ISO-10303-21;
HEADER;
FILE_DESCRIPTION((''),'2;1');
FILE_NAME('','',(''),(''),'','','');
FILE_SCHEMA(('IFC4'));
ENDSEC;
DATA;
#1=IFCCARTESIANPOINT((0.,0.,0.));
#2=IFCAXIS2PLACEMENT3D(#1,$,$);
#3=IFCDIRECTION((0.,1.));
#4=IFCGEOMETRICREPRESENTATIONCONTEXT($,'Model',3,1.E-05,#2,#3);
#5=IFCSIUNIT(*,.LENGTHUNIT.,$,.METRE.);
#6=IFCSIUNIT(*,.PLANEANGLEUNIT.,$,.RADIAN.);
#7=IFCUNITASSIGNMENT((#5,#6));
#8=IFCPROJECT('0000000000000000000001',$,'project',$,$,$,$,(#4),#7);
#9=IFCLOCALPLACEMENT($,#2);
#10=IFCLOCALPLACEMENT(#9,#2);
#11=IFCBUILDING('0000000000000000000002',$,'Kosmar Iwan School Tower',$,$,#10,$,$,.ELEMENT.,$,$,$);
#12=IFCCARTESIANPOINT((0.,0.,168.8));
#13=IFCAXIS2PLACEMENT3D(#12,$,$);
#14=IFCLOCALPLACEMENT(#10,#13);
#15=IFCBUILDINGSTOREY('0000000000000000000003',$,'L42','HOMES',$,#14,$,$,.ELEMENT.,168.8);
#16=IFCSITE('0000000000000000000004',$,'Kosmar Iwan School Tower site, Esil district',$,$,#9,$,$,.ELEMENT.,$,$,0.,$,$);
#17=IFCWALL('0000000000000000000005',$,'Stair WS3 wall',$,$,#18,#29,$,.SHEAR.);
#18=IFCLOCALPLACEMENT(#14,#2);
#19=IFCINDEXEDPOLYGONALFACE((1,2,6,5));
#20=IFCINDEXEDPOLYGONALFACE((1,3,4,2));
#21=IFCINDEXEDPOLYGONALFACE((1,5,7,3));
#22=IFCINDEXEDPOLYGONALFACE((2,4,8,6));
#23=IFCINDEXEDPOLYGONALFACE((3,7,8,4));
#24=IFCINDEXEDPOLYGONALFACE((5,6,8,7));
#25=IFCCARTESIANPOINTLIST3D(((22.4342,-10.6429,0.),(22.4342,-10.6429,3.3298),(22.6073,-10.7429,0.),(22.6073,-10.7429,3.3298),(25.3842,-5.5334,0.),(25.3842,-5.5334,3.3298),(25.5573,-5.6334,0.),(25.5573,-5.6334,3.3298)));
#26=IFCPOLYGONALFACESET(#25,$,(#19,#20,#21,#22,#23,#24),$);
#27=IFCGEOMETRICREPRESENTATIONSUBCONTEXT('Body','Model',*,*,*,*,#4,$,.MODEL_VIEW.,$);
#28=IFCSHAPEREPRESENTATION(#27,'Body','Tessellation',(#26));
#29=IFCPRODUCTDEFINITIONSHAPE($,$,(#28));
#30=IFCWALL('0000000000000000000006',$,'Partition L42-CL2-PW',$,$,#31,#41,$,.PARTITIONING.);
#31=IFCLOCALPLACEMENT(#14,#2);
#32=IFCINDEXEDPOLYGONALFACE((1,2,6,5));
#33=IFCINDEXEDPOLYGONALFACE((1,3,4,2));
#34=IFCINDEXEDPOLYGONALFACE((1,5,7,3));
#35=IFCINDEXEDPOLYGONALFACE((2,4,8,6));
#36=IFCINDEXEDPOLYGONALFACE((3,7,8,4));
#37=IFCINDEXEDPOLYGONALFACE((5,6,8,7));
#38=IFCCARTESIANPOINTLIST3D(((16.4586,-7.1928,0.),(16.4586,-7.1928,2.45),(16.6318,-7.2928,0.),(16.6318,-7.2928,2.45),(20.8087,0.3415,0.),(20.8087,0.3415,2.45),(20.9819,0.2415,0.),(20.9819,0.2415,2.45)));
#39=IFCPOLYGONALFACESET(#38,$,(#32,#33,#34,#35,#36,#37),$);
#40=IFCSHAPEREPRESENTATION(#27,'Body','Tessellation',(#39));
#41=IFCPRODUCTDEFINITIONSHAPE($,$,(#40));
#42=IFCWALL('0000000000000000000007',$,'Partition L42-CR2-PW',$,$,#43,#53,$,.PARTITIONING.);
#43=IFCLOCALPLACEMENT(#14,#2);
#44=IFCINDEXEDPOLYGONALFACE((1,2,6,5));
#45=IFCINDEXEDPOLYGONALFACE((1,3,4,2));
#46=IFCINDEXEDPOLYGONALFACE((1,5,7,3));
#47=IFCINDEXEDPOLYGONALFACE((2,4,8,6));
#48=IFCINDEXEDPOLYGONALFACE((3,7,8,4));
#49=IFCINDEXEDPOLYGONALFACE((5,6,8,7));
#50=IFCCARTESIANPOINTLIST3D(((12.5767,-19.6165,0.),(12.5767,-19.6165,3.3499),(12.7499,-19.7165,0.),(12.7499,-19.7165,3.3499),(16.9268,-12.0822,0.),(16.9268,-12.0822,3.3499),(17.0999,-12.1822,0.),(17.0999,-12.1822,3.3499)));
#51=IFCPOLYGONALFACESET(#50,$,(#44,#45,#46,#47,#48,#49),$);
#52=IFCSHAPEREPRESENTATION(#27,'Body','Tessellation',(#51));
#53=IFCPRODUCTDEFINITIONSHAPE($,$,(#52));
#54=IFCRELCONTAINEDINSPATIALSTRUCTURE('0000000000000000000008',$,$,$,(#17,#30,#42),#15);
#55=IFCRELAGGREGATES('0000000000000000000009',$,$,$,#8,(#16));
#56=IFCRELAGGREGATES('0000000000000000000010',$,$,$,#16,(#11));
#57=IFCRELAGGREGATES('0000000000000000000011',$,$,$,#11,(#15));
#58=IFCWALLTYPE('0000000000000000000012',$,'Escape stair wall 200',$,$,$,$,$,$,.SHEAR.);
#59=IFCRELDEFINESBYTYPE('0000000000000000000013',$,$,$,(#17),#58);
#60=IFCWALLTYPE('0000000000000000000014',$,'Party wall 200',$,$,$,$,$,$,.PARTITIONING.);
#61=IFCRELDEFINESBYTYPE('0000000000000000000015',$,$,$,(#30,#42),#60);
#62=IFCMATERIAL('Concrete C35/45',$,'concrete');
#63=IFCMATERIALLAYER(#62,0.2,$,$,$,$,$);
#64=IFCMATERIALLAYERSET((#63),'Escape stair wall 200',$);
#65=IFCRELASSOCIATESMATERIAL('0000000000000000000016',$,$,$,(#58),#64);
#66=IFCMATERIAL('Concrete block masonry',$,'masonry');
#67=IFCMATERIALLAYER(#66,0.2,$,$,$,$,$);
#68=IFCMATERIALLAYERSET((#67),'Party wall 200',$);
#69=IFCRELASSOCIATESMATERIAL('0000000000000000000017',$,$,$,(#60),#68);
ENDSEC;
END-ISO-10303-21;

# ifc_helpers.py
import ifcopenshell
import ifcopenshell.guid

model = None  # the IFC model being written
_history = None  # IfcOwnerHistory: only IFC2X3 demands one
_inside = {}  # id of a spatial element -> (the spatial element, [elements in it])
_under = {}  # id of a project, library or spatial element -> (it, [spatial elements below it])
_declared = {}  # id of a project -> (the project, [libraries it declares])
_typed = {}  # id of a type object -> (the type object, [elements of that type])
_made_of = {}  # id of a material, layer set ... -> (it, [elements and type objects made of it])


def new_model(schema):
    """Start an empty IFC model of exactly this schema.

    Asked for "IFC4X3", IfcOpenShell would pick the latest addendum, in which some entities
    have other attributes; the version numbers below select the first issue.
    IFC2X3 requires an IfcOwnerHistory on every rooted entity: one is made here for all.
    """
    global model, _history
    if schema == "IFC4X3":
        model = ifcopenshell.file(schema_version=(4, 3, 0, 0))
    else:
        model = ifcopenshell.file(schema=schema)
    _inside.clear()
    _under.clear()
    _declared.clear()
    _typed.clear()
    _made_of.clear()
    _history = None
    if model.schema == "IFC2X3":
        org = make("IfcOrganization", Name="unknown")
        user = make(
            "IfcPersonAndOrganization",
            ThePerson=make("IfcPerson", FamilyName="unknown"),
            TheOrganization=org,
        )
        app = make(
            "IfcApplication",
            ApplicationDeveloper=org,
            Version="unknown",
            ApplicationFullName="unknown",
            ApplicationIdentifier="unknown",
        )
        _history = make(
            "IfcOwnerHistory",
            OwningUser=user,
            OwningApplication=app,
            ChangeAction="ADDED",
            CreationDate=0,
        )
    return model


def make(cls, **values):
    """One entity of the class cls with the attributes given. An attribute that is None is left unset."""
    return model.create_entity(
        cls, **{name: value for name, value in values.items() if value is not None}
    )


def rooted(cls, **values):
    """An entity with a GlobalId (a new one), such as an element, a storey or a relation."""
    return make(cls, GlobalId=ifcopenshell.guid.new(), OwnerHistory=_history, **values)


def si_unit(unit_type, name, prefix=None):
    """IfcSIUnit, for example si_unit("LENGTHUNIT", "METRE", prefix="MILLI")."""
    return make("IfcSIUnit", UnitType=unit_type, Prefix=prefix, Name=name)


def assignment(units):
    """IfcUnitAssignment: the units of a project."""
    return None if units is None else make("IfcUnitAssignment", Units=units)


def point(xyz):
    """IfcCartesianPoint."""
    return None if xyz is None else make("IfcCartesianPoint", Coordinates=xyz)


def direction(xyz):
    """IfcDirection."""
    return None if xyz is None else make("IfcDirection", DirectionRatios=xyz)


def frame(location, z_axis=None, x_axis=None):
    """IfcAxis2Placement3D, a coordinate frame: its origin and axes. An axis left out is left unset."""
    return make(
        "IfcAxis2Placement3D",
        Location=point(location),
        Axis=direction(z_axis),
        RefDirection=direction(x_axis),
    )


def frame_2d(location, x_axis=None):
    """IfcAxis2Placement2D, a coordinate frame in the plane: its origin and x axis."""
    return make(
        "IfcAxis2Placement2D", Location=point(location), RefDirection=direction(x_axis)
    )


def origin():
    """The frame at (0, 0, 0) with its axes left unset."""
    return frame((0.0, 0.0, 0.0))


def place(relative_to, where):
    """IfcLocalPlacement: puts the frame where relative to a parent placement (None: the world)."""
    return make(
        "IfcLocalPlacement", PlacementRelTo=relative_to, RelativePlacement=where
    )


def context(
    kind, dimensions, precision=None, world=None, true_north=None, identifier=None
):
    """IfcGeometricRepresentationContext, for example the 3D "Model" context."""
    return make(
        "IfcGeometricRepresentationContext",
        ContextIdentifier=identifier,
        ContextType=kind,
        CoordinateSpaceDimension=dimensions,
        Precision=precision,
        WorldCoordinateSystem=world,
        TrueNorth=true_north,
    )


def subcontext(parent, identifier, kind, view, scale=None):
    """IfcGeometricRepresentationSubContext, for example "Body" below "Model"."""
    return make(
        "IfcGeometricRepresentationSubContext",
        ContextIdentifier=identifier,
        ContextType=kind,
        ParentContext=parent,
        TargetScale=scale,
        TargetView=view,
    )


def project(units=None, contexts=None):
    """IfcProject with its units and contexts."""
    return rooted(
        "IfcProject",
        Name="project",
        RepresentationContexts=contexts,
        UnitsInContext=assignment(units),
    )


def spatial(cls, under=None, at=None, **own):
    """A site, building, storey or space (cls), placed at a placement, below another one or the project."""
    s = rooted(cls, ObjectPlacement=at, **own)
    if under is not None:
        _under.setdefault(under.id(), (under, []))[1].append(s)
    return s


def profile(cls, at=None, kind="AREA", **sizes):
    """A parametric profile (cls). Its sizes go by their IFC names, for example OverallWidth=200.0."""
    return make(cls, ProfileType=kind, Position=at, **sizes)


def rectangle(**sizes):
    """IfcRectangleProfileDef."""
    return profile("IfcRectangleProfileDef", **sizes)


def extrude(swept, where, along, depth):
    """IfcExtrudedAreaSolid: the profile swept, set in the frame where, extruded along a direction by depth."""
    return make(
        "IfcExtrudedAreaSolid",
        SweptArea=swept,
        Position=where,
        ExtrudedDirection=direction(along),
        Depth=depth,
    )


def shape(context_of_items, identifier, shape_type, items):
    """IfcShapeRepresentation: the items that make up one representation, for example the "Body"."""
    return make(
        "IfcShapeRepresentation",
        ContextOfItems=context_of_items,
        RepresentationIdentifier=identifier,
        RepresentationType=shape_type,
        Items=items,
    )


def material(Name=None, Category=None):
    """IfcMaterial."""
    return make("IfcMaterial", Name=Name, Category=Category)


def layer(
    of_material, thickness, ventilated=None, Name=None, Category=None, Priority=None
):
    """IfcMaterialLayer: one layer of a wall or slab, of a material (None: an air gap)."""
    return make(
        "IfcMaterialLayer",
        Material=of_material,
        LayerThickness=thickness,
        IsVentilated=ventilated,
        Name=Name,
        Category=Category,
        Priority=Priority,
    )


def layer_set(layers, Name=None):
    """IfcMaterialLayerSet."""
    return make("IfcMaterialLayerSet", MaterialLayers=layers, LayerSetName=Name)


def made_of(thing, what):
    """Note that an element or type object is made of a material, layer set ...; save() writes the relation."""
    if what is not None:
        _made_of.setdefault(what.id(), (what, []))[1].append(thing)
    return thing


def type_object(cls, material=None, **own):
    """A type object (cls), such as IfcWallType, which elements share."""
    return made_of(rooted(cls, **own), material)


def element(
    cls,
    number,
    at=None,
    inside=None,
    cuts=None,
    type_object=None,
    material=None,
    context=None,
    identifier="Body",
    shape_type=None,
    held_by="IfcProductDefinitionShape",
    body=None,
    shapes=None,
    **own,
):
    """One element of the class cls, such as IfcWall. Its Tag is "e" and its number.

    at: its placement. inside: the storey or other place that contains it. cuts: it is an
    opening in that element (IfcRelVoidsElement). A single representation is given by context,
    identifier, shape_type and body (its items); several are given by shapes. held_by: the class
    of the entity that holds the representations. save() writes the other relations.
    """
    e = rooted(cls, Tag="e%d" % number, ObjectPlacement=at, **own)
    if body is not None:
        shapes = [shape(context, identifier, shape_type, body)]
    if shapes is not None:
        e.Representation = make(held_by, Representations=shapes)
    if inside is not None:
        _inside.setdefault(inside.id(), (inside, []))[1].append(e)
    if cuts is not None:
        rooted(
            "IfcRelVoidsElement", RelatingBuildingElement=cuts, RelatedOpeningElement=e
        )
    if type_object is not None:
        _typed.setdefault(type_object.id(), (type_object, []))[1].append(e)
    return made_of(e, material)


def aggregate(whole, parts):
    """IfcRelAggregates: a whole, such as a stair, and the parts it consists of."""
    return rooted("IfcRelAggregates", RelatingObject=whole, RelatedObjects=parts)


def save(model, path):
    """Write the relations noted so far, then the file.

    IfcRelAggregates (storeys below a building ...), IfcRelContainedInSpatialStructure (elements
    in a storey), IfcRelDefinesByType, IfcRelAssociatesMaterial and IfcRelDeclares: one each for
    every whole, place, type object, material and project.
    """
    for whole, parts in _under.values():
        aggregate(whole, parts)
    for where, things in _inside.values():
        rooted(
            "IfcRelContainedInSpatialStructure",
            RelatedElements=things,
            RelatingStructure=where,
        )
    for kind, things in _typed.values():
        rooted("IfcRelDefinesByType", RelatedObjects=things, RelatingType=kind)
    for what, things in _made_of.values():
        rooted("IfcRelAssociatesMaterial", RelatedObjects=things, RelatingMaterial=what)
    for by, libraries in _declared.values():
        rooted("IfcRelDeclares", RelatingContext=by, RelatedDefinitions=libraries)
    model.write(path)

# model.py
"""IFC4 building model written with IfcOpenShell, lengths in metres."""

from ifc_helpers import new_model, si_unit, direction, frame, frame_2d, origin, place, context, subcontext, project, spatial, rectangle, extrude, material, layer, layer_set, type_object, element, save


model = new_model("IFC4")

# Units and contexts
model_context = context("Model", 3, precision=1e-05, world=origin(), true_north=direction((0.0, 1.0)))
body_context = subcontext(model_context, "Body", "Model", "MODEL_VIEW")
ifc_project = project(units=[si_unit("LENGTHUNIT", "METRE"), si_unit("PLANEANGLEUNIT", "RADIAN")], contexts=[model_context])

# Site, building, storey
site_placement = place(None, origin())
site = spatial("IfcSite", under=ifc_project, at=site_placement, Name="Kosmar Iwan School Tower site, Esil district", CompositionType="ELEMENT", RefElevation=0.0)
building_placement = place(site_placement, origin())
building = spatial("IfcBuilding", under=site, at=building_placement, Name="Kosmar Iwan School Tower", CompositionType="ELEMENT")
storey_placement = place(building_placement, frame((0.0, 0.0, 168.8)))
storey = spatial("IfcBuildingStorey", under=building, at=storey_placement, Name="L42", Description="HOMES", CompositionType="ELEMENT", Elevation=168.8)

# Walls
ifc_material_1 = material(Name="Concrete C35/45", Category="concrete")
ifc_layer_1 = layer(ifc_material_1, 0.2)
ifc_layer_set_1 = layer_set([ifc_layer_1], Name="Escape stair wall 200")
wall_type_1 = type_object("IfcWallType", Name="Escape stair wall 200", PredefinedType="SHEAR", material=ifc_layer_set_1)
wall_1_placement = place(storey_placement, frame((22.5208, -10.6929, 0.0), z_axis=(0.0, 0.0, 1.0), x_axis=(0.500007, 0.866022, 0.0)))
element("IfcWall", 1, at=wall_1_placement, inside=storey, type_object=wall_type_1, Name="Stair WS3 wall", PredefinedType="SHEAR", context=body_context, shape_type="SweptSolid", body=[
    extrude(rectangle(XDim=5.8999, YDim=0.2, at=frame_2d((2.95, 0.0))), origin(), (0.0, 0.0, 1.0), 3.3298),
])
ifc_material_2 = material(Name="Concrete block masonry", Category="masonry")
ifc_layer_2 = layer(ifc_material_2, 0.2)
ifc_layer_set_2 = layer_set([ifc_layer_2], Name="Party wall 200")
wall_type_2 = type_object("IfcWallType", Name="Party wall 200", PredefinedType="PARTITIONING", material=ifc_layer_set_2)
wall_2_placement = place(storey_placement, frame((16.5452, -7.2429, 0.0), z_axis=(0.0, 0.0, 1.0), x_axis=(0.500008, 0.866021, 0.0)))
element("IfcWall", 2, at=wall_2_placement, inside=storey, type_object=wall_type_2, Name="Partition L42-CL2-PW", PredefinedType="PARTITIONING", context=body_context, shape_type="SweptSolid", body=[
    extrude(rectangle(XDim=8.7, YDim=0.2, at=frame_2d((4.3501, 0.0))), origin(), (0.0, 0.0, 1.0), 2.45),
])
wall_3_placement = place(storey_placement, frame((17.0134, -12.1321, 0.0), z_axis=(0.0, 0.0, 1.0), x_axis=(-0.500008, -0.866021, 0.0)))
element("IfcWall", 3, at=wall_3_placement, inside=storey, type_object=wall_type_2, Name="Partition L42-CR2-PW", PredefinedType="PARTITIONING", context=body_context, shape_type="SweptSolid", body=[
    extrude(rectangle(XDim=8.7, YDim=0.2, at=frame_2d((4.3501, 0.0))), origin(), (0.0, 0.0, 1.0), 3.3499),
])

save(model, "model.ifc")
